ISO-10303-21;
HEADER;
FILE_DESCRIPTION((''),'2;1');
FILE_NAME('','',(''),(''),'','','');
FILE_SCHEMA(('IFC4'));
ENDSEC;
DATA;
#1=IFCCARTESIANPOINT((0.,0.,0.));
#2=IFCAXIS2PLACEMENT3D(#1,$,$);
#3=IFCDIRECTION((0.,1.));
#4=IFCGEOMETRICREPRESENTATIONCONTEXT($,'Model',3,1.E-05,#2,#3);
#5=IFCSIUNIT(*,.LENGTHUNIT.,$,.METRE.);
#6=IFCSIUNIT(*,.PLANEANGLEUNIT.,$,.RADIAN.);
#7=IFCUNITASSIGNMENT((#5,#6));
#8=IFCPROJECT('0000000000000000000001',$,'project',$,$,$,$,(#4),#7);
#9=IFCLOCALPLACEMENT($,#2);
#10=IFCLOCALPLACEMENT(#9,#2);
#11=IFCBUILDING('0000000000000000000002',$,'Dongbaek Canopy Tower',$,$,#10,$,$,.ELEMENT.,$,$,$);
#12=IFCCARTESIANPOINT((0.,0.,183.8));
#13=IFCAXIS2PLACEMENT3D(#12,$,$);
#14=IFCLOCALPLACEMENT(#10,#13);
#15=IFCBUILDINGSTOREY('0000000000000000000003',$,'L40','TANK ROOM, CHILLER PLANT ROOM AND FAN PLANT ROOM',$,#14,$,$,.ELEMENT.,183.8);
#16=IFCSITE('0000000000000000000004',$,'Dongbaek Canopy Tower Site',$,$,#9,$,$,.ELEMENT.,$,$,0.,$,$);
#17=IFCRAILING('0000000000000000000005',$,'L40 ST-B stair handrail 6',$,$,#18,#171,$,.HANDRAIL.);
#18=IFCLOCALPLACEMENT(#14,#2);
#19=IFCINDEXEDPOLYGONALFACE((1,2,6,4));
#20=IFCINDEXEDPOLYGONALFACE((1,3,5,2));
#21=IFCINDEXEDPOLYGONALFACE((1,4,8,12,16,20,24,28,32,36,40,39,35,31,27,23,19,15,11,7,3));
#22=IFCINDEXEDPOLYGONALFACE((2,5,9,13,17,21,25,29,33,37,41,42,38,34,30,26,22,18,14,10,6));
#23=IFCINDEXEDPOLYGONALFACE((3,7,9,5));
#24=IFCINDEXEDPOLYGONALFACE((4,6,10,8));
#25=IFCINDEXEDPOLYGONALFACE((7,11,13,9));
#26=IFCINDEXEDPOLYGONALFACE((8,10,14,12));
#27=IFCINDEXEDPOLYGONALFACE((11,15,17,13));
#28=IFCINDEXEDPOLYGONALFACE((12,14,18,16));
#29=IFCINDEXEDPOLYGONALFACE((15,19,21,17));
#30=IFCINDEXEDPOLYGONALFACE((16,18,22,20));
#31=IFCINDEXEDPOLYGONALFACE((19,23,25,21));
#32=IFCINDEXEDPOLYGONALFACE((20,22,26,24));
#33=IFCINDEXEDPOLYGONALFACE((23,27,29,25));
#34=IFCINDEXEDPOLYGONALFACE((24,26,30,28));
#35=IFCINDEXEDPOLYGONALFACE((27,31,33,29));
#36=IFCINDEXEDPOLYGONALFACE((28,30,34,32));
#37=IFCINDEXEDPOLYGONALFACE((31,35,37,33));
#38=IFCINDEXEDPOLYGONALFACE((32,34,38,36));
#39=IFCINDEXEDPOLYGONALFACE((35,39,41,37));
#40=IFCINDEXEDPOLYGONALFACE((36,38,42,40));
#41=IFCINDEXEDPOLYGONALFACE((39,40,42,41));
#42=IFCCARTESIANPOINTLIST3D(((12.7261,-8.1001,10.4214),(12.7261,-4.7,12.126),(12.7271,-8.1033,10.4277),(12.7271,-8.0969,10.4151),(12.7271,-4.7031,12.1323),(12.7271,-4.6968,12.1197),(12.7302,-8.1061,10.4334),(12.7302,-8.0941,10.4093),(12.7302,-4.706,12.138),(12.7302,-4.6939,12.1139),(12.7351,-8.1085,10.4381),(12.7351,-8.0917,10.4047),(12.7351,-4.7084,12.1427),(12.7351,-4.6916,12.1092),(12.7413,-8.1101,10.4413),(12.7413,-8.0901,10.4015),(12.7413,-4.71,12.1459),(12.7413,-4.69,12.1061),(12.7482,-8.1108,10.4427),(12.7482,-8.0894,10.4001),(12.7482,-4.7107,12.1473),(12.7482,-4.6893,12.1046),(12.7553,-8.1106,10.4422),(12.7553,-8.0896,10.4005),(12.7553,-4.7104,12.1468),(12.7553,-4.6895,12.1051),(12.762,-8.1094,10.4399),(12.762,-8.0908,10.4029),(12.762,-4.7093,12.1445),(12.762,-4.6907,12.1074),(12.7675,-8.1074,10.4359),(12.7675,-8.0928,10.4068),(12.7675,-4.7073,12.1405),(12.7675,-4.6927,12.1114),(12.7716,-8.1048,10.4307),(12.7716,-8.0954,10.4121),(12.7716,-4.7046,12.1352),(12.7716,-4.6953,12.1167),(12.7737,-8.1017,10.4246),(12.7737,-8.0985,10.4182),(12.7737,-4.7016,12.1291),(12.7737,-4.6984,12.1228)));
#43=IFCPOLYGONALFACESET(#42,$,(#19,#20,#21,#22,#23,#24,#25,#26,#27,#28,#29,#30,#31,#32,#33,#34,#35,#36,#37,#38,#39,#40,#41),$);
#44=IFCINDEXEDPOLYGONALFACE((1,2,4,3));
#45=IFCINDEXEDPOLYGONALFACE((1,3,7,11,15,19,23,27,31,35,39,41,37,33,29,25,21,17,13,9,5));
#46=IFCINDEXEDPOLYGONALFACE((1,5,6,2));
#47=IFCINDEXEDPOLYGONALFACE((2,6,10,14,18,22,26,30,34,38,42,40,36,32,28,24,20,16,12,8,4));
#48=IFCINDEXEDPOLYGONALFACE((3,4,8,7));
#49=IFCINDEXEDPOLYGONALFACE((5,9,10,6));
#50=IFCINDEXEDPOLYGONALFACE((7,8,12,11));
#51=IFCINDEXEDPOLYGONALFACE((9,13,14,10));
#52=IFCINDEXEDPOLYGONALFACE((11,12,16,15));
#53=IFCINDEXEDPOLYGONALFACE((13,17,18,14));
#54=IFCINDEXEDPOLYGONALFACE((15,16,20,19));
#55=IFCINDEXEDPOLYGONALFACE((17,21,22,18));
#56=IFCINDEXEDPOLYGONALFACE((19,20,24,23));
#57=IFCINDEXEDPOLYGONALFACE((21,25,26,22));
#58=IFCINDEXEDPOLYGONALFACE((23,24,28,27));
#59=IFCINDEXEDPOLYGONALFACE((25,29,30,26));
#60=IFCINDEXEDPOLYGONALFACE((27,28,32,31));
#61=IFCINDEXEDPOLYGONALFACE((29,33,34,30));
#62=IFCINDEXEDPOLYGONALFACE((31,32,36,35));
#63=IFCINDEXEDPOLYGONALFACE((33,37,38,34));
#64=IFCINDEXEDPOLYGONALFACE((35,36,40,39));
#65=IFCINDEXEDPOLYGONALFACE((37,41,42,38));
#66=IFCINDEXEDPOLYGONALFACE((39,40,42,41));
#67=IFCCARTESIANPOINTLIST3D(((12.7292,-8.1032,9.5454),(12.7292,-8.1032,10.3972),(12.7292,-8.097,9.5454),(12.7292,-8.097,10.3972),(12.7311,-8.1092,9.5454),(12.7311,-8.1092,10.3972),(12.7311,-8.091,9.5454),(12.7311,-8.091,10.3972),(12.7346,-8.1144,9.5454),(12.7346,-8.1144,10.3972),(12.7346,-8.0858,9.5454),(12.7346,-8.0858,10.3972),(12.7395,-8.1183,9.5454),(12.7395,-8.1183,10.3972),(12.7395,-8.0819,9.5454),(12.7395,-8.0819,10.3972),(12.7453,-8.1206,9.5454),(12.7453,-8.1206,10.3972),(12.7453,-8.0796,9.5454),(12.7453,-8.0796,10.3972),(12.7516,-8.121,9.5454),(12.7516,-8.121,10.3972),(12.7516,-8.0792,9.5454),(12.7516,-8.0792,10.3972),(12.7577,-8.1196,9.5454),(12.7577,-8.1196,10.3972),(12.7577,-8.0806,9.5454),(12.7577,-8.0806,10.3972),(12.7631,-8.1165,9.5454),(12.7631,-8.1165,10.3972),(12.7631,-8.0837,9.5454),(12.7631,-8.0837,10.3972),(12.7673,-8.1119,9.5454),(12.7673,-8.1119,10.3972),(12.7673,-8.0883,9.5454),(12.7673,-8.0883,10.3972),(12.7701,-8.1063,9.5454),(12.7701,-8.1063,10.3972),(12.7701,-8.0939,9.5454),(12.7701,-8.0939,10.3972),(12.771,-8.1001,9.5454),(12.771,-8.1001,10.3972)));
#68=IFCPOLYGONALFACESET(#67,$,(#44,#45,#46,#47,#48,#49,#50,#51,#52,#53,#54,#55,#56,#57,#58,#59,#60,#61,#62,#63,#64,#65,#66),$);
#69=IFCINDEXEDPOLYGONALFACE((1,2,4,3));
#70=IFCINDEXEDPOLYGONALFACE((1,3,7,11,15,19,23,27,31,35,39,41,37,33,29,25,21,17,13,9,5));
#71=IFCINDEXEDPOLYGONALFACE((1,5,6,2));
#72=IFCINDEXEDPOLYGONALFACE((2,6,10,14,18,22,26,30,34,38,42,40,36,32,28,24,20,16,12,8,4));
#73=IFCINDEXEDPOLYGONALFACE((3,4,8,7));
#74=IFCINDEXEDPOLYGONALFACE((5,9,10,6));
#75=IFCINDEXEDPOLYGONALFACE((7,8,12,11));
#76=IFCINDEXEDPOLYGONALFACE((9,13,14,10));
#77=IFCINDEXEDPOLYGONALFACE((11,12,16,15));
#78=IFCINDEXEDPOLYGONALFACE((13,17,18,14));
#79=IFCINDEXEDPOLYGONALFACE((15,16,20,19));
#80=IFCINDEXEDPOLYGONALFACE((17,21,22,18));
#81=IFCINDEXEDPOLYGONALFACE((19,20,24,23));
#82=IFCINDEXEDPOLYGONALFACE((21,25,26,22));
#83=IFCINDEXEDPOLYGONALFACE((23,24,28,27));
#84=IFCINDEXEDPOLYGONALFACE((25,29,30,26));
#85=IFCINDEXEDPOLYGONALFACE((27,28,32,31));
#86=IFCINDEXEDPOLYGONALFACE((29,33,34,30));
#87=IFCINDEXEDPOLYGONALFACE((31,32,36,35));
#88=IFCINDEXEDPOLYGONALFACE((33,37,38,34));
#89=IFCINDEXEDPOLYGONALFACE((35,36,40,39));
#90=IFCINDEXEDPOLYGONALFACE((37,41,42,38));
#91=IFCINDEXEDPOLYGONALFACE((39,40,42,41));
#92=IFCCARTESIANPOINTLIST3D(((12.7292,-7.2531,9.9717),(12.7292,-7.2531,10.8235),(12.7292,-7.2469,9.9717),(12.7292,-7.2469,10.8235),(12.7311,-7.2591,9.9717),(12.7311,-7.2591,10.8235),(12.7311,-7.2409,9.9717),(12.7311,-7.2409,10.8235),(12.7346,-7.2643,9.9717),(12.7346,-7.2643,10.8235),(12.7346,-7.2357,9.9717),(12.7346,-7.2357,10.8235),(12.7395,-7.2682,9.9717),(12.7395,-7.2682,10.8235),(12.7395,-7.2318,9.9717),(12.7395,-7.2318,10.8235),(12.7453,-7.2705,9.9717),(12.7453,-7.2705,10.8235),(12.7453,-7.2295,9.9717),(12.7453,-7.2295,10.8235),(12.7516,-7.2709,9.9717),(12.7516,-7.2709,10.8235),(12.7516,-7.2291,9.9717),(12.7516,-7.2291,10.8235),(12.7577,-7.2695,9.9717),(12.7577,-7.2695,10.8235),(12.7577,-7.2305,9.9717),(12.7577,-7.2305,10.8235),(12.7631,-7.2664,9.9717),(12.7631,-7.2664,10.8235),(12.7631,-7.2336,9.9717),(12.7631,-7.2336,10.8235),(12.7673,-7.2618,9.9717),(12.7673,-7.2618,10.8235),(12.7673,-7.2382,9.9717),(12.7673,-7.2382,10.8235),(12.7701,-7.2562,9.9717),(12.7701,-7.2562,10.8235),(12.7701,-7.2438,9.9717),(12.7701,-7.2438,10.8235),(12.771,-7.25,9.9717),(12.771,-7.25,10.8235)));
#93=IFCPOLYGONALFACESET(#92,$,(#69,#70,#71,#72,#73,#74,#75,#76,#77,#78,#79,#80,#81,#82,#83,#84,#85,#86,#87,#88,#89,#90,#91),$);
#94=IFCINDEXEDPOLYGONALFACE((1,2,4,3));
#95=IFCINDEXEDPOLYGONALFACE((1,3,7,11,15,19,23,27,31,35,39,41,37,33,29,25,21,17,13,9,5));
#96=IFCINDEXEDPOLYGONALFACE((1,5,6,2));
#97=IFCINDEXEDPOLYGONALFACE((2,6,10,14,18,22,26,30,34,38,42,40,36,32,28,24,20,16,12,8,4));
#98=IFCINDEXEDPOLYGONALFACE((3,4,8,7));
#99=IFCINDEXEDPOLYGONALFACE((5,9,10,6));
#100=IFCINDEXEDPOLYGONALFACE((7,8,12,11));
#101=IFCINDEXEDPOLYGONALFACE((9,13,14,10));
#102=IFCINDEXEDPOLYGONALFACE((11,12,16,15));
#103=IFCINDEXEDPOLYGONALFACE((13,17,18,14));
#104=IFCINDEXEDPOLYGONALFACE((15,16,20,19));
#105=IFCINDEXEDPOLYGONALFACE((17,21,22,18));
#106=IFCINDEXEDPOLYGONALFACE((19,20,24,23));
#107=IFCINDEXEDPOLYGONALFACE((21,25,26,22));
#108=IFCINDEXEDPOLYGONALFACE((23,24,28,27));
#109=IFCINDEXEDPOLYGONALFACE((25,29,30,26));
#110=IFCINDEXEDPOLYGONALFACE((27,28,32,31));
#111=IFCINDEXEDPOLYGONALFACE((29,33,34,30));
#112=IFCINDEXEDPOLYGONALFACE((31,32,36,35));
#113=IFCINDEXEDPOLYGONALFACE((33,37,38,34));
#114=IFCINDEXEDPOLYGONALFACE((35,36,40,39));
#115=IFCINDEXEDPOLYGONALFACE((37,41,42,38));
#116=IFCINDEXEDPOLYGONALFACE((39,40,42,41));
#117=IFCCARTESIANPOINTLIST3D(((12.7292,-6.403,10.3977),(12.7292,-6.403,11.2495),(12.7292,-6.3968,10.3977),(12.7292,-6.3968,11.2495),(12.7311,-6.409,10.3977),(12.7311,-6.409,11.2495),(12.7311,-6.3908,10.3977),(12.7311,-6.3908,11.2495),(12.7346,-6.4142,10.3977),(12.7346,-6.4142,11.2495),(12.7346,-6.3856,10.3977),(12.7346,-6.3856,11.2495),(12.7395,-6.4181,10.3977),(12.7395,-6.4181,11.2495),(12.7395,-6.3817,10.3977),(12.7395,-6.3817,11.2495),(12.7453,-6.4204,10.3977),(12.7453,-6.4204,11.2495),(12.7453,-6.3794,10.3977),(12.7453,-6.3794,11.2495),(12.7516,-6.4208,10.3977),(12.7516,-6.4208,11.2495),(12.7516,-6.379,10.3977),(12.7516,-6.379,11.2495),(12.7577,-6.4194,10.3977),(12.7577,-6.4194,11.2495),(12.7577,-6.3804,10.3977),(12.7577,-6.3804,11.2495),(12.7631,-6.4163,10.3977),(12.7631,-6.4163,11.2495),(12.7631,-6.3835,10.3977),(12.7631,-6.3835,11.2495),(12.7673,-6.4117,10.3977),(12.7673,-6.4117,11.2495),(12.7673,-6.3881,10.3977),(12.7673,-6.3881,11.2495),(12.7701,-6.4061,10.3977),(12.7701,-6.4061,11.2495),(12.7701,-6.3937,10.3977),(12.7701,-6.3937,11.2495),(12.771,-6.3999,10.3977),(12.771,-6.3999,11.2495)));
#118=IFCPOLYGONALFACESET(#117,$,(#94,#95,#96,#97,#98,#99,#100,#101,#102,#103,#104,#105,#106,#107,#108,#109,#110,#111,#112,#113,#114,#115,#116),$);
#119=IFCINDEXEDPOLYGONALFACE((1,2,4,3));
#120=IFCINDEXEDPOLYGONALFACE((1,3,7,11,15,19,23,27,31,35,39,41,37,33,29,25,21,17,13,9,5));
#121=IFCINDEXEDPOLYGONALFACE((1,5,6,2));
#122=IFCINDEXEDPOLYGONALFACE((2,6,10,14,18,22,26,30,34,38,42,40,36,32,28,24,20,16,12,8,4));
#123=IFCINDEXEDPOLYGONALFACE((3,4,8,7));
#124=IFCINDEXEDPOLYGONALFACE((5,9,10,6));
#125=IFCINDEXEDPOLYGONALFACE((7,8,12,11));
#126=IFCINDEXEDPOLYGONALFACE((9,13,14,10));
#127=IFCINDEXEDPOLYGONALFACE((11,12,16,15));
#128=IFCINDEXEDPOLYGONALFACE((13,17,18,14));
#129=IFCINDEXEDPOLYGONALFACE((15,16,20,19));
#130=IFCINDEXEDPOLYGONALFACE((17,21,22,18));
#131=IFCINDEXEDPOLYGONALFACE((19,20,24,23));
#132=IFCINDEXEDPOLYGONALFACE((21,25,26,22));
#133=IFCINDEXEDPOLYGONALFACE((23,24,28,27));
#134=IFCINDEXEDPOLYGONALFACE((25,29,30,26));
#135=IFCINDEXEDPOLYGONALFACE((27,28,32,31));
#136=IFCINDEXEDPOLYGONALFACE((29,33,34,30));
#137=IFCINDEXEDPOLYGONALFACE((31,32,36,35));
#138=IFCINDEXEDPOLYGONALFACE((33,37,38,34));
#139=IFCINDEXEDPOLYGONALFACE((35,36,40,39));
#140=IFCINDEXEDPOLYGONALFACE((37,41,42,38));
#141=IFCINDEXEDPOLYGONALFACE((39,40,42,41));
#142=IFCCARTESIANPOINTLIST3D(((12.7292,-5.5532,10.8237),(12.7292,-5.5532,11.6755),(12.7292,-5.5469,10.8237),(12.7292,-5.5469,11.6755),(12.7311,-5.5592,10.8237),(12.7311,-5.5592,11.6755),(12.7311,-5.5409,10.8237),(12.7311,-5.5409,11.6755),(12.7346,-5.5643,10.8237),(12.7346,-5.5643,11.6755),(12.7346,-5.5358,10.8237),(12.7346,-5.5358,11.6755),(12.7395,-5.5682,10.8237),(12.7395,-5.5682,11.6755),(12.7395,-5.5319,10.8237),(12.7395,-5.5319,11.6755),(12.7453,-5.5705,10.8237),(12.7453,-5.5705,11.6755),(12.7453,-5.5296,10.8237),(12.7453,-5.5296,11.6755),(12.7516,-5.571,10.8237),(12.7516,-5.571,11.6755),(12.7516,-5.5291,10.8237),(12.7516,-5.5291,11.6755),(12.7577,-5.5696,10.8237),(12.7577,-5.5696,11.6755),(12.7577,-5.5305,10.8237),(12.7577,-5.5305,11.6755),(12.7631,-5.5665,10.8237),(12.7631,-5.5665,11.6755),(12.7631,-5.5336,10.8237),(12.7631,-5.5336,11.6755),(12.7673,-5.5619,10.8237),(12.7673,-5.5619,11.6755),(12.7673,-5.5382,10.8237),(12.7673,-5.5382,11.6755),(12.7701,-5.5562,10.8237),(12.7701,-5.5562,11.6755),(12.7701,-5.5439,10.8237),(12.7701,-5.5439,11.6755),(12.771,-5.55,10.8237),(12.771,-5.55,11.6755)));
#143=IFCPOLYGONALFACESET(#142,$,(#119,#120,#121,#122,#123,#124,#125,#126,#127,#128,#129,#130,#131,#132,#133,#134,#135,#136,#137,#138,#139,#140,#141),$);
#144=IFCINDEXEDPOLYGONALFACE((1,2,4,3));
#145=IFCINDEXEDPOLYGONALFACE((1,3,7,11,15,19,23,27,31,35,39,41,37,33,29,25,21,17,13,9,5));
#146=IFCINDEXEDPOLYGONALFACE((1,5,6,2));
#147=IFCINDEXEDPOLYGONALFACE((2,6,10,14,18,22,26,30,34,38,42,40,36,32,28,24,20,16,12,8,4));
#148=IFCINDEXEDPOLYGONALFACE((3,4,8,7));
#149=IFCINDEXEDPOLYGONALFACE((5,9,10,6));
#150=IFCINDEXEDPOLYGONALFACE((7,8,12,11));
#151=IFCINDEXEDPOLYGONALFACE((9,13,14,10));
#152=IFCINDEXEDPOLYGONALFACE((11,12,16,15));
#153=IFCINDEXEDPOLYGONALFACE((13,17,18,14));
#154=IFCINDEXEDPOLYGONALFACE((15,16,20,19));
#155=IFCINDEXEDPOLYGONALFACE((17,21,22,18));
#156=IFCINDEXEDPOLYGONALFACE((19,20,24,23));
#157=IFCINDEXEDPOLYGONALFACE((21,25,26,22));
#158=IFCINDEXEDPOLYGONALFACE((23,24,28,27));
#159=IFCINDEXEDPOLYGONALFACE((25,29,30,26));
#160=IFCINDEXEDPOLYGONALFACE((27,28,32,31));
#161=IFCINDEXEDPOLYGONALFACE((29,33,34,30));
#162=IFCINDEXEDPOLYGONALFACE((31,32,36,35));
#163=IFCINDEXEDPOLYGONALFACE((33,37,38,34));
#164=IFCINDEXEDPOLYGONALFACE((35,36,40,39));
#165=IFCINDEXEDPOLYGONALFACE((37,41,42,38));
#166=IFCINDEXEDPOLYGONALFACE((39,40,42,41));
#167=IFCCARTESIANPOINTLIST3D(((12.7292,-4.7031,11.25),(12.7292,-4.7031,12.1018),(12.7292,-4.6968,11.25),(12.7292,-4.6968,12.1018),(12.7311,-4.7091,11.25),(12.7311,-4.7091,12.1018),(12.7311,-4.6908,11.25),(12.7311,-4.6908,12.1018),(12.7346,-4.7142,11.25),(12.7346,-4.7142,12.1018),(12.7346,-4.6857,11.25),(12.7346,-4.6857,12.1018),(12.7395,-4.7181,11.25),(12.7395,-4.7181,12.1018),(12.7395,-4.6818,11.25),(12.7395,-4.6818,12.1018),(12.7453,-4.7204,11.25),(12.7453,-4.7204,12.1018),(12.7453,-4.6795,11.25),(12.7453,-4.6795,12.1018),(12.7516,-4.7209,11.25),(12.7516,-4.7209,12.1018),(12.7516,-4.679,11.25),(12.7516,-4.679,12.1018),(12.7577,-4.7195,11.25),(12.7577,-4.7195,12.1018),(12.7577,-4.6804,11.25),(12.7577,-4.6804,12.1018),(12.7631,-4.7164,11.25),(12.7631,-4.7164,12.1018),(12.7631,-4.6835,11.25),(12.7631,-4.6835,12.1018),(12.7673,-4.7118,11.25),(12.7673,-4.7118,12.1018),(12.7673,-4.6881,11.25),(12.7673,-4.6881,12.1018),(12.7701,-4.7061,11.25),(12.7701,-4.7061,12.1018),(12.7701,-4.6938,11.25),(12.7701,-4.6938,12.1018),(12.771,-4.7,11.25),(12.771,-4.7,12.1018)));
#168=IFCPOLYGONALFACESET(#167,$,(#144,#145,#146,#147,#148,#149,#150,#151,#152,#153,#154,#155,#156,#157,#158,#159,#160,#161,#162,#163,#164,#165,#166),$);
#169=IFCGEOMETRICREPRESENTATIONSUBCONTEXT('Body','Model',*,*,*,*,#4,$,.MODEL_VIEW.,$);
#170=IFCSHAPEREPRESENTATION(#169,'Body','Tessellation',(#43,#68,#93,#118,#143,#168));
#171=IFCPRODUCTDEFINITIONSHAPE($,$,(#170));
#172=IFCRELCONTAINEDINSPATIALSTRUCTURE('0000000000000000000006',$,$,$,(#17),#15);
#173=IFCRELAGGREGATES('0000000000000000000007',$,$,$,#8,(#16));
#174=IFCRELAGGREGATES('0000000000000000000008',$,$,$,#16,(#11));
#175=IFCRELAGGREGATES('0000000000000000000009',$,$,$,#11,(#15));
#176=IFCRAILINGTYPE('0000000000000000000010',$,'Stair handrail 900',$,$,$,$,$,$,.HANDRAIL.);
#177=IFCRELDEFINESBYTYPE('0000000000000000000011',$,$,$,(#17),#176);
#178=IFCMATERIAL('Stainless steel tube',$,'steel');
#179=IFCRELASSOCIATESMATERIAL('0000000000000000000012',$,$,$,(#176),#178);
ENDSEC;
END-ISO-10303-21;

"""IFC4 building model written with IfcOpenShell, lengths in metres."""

from ifc_helpers import new_model, si_unit, direction, frame, origin, origin_2d, place, context, subcontext, project, spatial, circle, extrude, material, type_object, element, save


model = new_model("IFC4")

# Units and contexts
model_context = context("Model", 3, precision=1e-05, world=origin(), true_north=direction((0.0, 1.0)))
body_context = subcontext(model_context, "Body", "Model", "MODEL_VIEW")
ifc_project = project(units=[si_unit("LENGTHUNIT", "METRE"), si_unit("PLANEANGLEUNIT", "RADIAN")], contexts=[model_context])

# Site, building, storey
site_placement = place(None, origin())
site = spatial("IfcSite", under=ifc_project, at=site_placement, Name="Dongbaek Canopy Tower Site", CompositionType="ELEMENT", RefElevation=0.0)
building_placement = place(site_placement, origin())
building = spatial("IfcBuilding", under=site, at=building_placement, Name="Dongbaek Canopy Tower", CompositionType="ELEMENT")
storey_placement = place(building_placement, frame((0.0, 0.0, 183.8)))
storey = spatial("IfcBuildingStorey", under=building, at=storey_placement, Name="L40", Description="TANK ROOM, CHILLER PLANT ROOM AND FAN PLANT ROOM", CompositionType="ELEMENT", Elevation=183.8)

# Railing
ifc_material_1 = material(Name="Stainless steel tube", Category="steel")
railing_type_1 = type_object("IfcRailingType", Name="Stair handrail 900", PredefinedType="HANDRAIL", material=ifc_material_1)
for number, where, name in (
    (1, (12.75, -8.1001, 9.5454), "L40 ST-B stair handrail 6"),
):
    element("IfcRailing", number, at=place(storey_placement, frame(where)), inside=storey, type_object=railing_type_1, Name=name, PredefinedType="HANDRAIL", context=body_context, shape_type="SweptSolid", body=[
        extrude(circle(Radius=0.0239, at=origin_2d()), frame((0.0, 0.0, 0.876), z_axis=(0.0, 0.893952, 0.448163), x_axis=(-1.0, 0.0, 0.0)), (0.0, 0.0, 1.0), 3.8035),
        extrude(circle(Radius=0.021, at=origin_2d()), origin(), (0.0, 0.0, 1.0), 0.8518),
        extrude(circle(Radius=0.021, at=origin_2d()), frame((0.0, 0.8501, 0.4263)), (0.0, 0.0, 1.0), 0.8518),
        extrude(circle(Radius=0.021, at=origin_2d()), frame((0.0, 1.7002, 0.8523)), (0.0, 0.0, 1.0), 0.8518),
        extrude(circle(Radius=0.021, at=origin_2d()), frame((0.0, 2.55, 1.2783)), (0.0, 0.0, 1.0), 0.8518),
        extrude(circle(Radius=0.021, at=origin_2d()), frame((0.0, 3.4001, 1.7046)), (0.0, 0.0, 1.0), 0.8518),
    ])

save(model, "model.ifc")
